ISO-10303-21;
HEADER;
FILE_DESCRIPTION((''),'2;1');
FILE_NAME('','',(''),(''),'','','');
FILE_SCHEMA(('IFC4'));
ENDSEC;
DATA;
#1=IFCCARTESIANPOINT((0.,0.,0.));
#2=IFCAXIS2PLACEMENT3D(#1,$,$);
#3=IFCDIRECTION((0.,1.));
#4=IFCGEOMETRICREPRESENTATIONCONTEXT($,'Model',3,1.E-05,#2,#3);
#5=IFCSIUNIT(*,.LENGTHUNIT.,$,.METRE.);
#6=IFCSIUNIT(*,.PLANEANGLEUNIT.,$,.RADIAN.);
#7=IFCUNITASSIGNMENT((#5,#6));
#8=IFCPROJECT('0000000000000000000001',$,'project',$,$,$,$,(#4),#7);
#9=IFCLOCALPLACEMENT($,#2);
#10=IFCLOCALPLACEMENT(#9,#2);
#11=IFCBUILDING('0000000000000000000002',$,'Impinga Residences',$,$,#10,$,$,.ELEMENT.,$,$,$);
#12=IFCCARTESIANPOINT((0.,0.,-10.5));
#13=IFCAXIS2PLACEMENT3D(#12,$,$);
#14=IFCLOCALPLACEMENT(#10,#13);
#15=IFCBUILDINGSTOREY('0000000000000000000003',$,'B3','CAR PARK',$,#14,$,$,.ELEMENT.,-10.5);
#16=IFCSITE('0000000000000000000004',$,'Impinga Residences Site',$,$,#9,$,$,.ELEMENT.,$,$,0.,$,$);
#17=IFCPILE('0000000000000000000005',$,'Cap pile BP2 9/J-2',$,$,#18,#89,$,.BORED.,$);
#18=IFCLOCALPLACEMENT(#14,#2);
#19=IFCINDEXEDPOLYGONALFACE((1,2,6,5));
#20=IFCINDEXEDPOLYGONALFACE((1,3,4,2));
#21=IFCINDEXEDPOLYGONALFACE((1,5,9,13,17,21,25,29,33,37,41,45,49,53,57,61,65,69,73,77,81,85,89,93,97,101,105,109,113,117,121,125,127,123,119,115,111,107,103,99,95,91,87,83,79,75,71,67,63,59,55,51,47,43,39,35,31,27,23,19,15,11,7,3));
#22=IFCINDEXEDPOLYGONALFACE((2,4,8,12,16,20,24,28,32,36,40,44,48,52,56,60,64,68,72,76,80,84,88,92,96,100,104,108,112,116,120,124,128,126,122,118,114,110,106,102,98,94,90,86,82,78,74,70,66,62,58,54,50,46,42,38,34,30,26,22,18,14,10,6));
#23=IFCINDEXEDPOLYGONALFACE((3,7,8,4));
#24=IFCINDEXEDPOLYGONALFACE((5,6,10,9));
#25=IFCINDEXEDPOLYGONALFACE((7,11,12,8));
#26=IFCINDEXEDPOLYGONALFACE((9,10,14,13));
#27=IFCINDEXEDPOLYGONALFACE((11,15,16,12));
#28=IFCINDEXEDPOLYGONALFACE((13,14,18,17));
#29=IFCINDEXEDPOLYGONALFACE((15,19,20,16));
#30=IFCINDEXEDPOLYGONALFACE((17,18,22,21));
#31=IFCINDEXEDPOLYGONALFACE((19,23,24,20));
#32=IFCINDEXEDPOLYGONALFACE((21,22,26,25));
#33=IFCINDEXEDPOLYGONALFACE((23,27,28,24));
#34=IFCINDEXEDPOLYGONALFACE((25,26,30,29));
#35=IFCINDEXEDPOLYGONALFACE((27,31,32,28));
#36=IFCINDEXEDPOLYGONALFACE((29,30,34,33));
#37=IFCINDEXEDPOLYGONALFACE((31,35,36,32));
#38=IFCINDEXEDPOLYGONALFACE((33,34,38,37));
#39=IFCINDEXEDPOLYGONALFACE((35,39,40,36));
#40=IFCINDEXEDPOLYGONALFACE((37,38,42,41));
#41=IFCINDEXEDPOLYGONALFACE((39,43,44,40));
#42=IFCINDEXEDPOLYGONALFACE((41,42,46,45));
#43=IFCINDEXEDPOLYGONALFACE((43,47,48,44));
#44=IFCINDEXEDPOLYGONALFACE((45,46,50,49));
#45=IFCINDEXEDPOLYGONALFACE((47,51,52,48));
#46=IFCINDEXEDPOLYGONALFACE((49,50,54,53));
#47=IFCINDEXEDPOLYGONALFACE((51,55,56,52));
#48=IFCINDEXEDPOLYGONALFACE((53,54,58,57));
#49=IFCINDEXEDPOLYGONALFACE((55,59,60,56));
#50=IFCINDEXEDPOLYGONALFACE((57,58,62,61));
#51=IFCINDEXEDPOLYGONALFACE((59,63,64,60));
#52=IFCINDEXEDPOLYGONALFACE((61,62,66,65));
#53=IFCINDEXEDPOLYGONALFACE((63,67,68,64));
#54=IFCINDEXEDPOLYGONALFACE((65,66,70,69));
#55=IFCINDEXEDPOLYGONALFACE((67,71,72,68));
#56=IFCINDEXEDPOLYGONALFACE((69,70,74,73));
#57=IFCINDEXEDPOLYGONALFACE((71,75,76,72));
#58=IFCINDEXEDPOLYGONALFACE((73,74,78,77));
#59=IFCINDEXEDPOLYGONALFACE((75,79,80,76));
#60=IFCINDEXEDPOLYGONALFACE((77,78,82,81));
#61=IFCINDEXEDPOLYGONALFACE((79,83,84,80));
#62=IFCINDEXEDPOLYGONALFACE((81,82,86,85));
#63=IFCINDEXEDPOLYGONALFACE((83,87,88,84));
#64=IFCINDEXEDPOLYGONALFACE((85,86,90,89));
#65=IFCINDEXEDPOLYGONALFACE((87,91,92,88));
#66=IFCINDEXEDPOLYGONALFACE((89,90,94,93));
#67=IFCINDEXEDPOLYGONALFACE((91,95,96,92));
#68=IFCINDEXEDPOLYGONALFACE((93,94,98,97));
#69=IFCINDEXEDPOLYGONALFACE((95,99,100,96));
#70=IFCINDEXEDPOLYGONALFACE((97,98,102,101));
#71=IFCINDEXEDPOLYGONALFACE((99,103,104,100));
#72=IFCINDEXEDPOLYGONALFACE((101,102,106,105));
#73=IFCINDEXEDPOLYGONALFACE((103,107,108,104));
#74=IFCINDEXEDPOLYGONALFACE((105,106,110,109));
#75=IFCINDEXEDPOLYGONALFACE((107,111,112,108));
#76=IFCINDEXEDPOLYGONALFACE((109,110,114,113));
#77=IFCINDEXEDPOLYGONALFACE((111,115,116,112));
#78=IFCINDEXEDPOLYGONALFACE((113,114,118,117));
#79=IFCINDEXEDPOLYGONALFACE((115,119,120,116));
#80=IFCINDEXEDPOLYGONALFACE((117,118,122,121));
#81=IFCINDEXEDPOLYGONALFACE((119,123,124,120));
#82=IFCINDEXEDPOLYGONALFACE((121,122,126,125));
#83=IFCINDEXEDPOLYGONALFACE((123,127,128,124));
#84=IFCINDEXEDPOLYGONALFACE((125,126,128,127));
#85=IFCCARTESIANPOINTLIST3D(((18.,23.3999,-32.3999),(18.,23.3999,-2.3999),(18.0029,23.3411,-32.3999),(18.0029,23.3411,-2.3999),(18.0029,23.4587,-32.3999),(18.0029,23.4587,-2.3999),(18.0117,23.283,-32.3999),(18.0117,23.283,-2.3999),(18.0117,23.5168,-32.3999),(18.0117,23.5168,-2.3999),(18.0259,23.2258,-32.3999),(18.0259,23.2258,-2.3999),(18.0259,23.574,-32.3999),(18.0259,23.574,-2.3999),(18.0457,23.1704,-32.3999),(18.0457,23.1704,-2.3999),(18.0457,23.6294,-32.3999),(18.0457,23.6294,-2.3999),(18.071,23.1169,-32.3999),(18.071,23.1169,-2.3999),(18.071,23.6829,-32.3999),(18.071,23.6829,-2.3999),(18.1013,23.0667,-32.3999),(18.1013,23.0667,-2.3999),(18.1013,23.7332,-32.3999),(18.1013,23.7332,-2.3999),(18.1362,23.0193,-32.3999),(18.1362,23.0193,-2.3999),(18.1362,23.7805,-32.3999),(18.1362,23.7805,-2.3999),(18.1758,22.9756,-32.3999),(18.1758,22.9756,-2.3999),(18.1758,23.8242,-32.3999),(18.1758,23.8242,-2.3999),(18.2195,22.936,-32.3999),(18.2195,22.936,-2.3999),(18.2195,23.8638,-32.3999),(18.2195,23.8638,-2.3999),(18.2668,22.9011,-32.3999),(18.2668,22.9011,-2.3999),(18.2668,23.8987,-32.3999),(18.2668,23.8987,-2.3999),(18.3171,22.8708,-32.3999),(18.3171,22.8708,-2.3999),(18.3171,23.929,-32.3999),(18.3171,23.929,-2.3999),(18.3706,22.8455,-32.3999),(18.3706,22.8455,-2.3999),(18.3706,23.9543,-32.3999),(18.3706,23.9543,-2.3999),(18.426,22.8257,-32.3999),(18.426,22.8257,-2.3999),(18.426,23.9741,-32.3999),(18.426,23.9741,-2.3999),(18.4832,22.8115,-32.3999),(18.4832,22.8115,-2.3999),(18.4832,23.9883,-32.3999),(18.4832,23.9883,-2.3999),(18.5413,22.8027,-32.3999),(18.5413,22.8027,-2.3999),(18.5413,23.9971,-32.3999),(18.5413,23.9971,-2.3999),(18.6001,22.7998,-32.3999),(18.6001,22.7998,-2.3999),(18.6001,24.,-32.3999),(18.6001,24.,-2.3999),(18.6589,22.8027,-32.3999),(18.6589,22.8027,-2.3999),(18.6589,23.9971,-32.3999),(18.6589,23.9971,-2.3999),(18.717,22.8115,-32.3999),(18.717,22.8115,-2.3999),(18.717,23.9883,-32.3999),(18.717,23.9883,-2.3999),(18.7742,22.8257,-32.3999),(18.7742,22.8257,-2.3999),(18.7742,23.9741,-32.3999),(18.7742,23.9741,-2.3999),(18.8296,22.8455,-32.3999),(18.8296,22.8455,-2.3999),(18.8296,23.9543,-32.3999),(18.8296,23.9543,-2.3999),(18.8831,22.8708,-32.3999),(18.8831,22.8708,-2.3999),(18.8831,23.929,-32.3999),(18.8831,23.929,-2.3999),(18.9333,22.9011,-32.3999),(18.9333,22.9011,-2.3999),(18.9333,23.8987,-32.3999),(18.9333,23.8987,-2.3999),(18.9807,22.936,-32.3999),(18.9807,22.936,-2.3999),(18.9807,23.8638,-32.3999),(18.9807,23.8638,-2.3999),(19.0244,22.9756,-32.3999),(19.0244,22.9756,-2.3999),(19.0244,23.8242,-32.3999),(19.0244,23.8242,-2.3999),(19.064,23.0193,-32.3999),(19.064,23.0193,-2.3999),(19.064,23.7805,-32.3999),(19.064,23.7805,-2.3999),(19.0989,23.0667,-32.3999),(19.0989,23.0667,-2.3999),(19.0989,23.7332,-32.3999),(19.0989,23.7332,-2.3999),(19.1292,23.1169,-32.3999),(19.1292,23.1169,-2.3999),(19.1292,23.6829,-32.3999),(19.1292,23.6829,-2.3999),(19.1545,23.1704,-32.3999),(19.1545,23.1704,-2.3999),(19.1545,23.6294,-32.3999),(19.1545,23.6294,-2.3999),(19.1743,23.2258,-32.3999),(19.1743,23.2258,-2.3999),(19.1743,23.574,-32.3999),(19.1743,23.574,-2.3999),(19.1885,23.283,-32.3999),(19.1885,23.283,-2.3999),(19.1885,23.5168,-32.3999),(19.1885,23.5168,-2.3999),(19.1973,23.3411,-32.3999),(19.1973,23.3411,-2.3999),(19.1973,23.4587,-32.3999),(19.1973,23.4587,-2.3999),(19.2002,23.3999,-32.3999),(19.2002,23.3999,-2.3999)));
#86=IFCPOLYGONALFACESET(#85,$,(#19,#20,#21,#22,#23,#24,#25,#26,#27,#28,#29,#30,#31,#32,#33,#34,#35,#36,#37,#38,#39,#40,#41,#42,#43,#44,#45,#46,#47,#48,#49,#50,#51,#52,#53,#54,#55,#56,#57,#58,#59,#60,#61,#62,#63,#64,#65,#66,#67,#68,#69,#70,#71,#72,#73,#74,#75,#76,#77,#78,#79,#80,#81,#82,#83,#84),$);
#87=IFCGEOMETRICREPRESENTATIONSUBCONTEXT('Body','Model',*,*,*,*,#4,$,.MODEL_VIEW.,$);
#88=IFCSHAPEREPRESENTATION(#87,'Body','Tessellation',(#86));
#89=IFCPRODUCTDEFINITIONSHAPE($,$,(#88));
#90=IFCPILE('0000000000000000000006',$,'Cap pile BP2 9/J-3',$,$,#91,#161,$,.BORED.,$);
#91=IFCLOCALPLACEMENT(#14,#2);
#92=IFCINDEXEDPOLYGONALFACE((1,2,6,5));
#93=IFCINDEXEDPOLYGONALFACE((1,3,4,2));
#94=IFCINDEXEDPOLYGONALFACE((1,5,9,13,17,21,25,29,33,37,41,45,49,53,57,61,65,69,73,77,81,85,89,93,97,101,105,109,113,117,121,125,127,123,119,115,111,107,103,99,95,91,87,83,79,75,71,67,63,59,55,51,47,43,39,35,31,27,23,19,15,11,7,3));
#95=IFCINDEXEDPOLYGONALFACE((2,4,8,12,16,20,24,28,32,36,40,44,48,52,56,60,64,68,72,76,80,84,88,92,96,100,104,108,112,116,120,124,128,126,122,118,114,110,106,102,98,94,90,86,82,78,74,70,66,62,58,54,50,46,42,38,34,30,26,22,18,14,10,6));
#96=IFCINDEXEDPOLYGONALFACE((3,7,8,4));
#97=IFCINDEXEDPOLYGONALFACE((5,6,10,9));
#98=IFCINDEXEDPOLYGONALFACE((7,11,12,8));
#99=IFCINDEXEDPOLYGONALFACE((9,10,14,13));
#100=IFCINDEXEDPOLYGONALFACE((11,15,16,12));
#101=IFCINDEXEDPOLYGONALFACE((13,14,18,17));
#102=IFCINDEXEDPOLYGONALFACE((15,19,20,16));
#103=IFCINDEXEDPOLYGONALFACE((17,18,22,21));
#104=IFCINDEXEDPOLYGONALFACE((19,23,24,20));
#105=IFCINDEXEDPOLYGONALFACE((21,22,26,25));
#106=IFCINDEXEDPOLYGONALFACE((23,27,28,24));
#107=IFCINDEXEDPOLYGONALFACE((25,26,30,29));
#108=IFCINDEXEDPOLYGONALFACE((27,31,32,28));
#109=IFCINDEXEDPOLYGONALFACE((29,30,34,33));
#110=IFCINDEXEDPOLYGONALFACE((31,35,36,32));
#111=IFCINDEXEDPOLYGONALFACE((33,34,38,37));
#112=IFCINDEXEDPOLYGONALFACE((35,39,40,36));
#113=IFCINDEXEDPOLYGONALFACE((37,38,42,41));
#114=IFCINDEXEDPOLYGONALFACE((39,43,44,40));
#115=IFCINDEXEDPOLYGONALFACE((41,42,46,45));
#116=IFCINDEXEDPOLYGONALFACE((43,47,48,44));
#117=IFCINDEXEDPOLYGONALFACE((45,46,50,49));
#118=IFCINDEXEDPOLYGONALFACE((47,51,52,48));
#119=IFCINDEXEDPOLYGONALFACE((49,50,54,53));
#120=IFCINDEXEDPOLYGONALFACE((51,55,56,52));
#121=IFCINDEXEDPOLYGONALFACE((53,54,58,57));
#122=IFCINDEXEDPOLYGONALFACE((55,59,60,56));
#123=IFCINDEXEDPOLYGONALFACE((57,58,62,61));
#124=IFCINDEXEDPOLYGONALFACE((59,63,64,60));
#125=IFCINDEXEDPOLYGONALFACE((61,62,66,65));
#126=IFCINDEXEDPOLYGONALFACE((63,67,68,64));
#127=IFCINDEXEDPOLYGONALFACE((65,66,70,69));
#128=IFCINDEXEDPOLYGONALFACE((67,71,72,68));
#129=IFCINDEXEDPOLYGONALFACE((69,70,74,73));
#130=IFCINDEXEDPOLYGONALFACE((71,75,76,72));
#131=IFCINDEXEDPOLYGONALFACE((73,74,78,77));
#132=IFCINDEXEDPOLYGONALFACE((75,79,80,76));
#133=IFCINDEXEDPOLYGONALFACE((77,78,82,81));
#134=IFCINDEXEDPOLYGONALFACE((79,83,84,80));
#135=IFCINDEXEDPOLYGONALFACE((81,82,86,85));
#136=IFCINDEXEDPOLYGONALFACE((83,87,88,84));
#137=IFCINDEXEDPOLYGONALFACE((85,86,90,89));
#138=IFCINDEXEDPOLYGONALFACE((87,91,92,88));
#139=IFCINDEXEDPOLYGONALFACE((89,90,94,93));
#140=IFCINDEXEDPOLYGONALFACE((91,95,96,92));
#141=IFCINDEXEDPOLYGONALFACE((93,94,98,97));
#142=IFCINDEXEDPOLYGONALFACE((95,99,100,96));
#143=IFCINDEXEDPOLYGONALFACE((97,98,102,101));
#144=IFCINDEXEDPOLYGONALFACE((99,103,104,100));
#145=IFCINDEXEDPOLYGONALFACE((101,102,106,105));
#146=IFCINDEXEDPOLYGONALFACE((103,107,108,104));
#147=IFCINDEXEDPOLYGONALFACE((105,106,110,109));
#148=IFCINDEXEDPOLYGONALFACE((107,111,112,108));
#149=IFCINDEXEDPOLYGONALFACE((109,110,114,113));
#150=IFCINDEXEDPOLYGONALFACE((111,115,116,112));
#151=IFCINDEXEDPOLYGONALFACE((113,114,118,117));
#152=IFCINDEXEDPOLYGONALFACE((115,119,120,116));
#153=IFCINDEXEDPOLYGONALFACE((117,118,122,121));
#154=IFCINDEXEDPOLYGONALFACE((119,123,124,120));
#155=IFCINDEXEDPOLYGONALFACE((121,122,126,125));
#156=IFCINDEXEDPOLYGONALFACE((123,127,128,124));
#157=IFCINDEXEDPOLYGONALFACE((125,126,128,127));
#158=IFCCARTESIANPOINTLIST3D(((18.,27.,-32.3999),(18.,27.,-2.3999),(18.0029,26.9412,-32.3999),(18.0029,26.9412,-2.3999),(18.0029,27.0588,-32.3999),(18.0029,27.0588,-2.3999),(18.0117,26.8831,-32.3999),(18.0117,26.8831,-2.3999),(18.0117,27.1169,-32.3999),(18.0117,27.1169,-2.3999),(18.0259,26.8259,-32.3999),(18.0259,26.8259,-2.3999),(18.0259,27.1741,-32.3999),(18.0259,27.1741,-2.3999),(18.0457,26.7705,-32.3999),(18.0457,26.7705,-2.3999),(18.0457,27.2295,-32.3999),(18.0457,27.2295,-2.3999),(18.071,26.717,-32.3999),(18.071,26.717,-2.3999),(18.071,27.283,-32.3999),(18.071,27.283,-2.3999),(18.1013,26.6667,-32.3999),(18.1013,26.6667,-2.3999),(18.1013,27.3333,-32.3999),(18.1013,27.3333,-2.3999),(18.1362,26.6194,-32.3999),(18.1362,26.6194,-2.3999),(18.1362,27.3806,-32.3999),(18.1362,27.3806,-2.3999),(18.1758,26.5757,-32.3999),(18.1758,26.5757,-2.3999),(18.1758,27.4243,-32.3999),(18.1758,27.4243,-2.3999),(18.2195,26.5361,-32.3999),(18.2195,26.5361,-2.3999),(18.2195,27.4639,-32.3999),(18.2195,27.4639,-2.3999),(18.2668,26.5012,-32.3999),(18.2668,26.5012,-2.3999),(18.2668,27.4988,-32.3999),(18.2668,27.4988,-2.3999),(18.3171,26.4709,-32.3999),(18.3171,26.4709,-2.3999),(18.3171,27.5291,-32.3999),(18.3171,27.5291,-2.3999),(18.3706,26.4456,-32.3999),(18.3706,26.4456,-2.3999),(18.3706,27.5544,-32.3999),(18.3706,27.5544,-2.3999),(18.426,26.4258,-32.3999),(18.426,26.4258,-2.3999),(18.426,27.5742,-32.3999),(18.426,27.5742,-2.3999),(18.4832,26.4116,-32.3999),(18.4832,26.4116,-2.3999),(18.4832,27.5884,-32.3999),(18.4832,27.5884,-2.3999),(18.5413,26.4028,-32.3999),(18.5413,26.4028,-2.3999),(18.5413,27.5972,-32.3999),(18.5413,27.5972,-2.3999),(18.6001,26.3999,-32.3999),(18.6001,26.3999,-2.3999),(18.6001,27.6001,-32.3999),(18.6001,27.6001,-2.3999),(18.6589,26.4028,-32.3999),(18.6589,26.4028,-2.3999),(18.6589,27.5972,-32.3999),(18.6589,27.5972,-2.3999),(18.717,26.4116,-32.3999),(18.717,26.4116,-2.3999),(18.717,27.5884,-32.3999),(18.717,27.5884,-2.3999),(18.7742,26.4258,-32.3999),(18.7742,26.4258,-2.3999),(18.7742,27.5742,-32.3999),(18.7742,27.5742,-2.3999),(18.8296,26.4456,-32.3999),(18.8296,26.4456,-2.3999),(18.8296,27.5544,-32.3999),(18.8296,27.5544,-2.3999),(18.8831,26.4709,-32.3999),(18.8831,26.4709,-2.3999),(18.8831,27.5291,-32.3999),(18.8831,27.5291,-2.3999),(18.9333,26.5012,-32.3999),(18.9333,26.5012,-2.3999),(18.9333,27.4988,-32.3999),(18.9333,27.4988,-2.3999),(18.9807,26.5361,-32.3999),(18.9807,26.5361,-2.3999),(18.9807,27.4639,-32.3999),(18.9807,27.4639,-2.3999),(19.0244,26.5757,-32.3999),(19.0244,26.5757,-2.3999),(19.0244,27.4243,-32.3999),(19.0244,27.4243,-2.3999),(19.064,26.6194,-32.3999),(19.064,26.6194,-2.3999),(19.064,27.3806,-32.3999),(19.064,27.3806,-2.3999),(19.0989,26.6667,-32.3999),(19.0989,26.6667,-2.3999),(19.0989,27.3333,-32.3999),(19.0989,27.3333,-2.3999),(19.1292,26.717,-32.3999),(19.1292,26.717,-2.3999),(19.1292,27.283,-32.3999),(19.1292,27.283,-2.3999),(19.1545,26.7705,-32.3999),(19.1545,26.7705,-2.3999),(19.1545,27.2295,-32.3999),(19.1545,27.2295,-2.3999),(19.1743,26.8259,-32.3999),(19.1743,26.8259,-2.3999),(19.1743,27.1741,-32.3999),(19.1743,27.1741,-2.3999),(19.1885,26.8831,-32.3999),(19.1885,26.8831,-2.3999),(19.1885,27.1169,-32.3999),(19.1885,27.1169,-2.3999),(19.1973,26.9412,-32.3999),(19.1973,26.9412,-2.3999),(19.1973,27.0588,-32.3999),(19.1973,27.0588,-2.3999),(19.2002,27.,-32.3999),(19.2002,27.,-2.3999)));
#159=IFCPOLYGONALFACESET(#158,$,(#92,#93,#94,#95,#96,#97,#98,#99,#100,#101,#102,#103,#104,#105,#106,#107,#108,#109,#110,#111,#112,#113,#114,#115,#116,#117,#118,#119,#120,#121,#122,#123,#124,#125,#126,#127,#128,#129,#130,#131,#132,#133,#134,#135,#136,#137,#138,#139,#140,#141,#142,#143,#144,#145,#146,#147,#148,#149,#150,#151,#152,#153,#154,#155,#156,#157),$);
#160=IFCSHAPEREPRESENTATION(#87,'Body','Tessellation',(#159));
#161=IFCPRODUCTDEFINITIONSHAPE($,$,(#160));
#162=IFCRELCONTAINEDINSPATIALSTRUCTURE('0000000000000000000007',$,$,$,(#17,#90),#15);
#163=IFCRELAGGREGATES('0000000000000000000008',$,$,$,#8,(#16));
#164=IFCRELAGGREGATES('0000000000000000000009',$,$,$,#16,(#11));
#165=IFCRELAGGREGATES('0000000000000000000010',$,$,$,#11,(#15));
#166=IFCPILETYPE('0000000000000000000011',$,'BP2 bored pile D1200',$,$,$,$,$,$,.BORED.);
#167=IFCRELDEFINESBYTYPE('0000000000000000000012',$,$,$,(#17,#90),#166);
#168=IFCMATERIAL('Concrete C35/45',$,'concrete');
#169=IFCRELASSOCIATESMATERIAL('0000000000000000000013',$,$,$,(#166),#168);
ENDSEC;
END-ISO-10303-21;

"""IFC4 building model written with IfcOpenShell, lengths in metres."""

from ifc_helpers import new_model, si_unit, direction, frame, origin, origin_2d, place, context, subcontext, project, spatial, polyline, circle, outline, extrude, material, material_profile, profile_set, type_object, element, save


model = new_model("IFC4")

# Units and contexts
model_context = context("Model", 3, precision=1e-05, world=origin(), true_north=direction((0.0, 1.0)))
body_context = subcontext(model_context, "Body", "Model", "MODEL_VIEW")
ifc_project = project(units=[si_unit("LENGTHUNIT", "METRE"), si_unit("PLANEANGLEUNIT", "RADIAN")], contexts=[model_context])

# Site, building, storey
site_placement = place(None, origin())
site = spatial("IfcSite", under=ifc_project, at=site_placement, Name="Impinga Residences Site", CompositionType="ELEMENT", RefElevation=0.0)
building_placement = place(site_placement, origin())
building = spatial("IfcBuilding", under=site, at=building_placement, Name="Impinga Residences", CompositionType="ELEMENT")
storey_placement = place(building_placement, frame((0.0, 0.0, -10.5)))
storey = spatial("IfcBuildingStorey", under=building, at=storey_placement, Name="B3", Description="CAR PARK", CompositionType="ELEMENT", Elevation=-10.5)

# Piles
ifc_material_1 = material(Name="Concrete C35/45", Category="concrete")
ifc_material_profile_1 = material_profile(ifc_material_1, circle(Radius=0.6001, at=origin_2d()), Name="D1200")
ifc_profile_set_1 = profile_set([ifc_material_profile_1], Name="Concrete C35/45")
pile_type_1 = type_object("IfcPileType", Name="BP2 bored pile D1200", PredefinedType="BORED", material=ifc_profile_set_1)
pile_1_placement = place(storey_placement, frame((18.6001, 23.3999, -2.3999), z_axis=(0.0, 0.0, -1.0), x_axis=(1.0, 0.0, 0.0)))
element("IfcPile", 1, at=pile_1_placement, inside=storey, type_object=pile_type_1, Name="Cap pile BP2 9/J-2", PredefinedType="BORED", context=body_context, shape_type="SweptSolid", body=[
    extrude(outline(polyline([(0.6001, 0.0), (0.5972, 0.0588), (0.5884, 0.1169), (0.5742, 0.1741), (0.5544, 0.2295), (0.5291, 0.283), (0.4988, 0.3333), (0.4639, 0.3806), (0.4243, 0.4243), (0.3806, 0.4639), (0.3333, 0.4988), (0.283, 0.5291), (0.2295, 0.5544), (0.1741, 0.5742), (0.1169, 0.5884), (0.0588, 0.5972), (0.0, 0.6001), (-0.0588, 0.5972), (-0.1169, 0.5884), (-0.1741, 0.5742), (-0.2295, 0.5544), (-0.283, 0.5291), (-0.3333, 0.4988), (-0.3806, 0.4639), (-0.4243, 0.4243), (-0.4639, 0.3806), (-0.4988, 0.3333), (-0.5291, 0.283), (-0.5544, 0.2295), (-0.5742, 0.1741), (-0.5884, 0.1169), (-0.5972, 0.0588), (-0.6001, 0.0), (-0.5972, -0.0588), (-0.5884, -0.1169), (-0.5742, -0.1741), (-0.5544, -0.2295), (-0.5291, -0.283), (-0.4988, -0.3333), (-0.4639, -0.3806), (-0.4243, -0.4243), (-0.3806, -0.4639), (-0.3333, -0.4988), (-0.283, -0.5291), (-0.2295, -0.5544), (-0.1741, -0.5742), (-0.1169, -0.5884), (-0.0588, -0.5972), (0.0, -0.6001), (0.0588, -0.5972), (0.1169, -0.5884), (0.1741, -0.5742), (0.2295, -0.5544), (0.283, -0.5291), (0.3333, -0.4988), (0.3806, -0.4639), (0.4243, -0.4243), (0.4639, -0.3806), (0.4988, -0.3333), (0.5291, -0.283), (0.5544, -0.2295), (0.5742, -0.1741), (0.5884, -0.1169), (0.5972, -0.0588), (0.6001, 0.0)])), origin(), (0.0, 0.0, 1.0), 30.0),
])
pile_2_placement = place(storey_placement, frame((18.6001, 27.0, -2.3999), z_axis=(0.0, 0.0, -1.0), x_axis=(1.0, 0.0, 0.0)))
element("IfcPile", 2, at=pile_2_placement, inside=storey, type_object=pile_type_1, Name="Cap pile BP2 9/J-3", PredefinedType="BORED", context=body_context, shape_type="SweptSolid", body=[
    extrude(outline(polyline([(0.6001, 0.0), (0.5972, 0.0588), (0.5884, 0.1169), (0.5742, 0.1741), (0.5544, 0.2295), (0.5291, 0.283), (0.4988, 0.3333), (0.4639, 0.3806), (0.4243, 0.4243), (0.3806, 0.4639), (0.3333, 0.4988), (0.283, 0.5291), (0.2295, 0.5544), (0.1741, 0.5742), (0.1169, 0.5884), (0.0588, 0.5972), (0.0, 0.6001), (-0.0588, 0.5972), (-0.1169, 0.5884), (-0.1741, 0.5742), (-0.2295, 0.5544), (-0.283, 0.5291), (-0.3333, 0.4988), (-0.3806, 0.4639), (-0.4243, 0.4243), (-0.4639, 0.3806), (-0.4988, 0.3333), (-0.5291, 0.283), (-0.5544, 0.2295), (-0.5742, 0.1741), (-0.5884, 0.1169), (-0.5972, 0.0588), (-0.6001, 0.0), (-0.5972, -0.0588), (-0.5884, -0.1169), (-0.5742, -0.1741), (-0.5544, -0.2295), (-0.5291, -0.283), (-0.4988, -0.3333), (-0.4639, -0.3806), (-0.4243, -0.4243), (-0.3806, -0.4639), (-0.3333, -0.4988), (-0.283, -0.5291), (-0.2295, -0.5544), (-0.1741, -0.5742), (-0.1169, -0.5884), (-0.0588, -0.5972), (0.0, -0.6001), (0.0588, -0.5972), (0.1169, -0.5884), (0.1741, -0.5742), (0.2295, -0.5544), (0.283, -0.5291), (0.3333, -0.4988), (0.3806, -0.4639), (0.4243, -0.4243), (0.4639, -0.3806), (0.4988, -0.3333), (0.5291, -0.283), (0.5544, -0.2295), (0.5742, -0.1741), (0.5884, -0.1169), (0.5972, -0.0588), (0.6001, 0.0)])), origin(), (0.0, 0.0, 1.0), 30.0),
])

save(model, "model.ifc")
